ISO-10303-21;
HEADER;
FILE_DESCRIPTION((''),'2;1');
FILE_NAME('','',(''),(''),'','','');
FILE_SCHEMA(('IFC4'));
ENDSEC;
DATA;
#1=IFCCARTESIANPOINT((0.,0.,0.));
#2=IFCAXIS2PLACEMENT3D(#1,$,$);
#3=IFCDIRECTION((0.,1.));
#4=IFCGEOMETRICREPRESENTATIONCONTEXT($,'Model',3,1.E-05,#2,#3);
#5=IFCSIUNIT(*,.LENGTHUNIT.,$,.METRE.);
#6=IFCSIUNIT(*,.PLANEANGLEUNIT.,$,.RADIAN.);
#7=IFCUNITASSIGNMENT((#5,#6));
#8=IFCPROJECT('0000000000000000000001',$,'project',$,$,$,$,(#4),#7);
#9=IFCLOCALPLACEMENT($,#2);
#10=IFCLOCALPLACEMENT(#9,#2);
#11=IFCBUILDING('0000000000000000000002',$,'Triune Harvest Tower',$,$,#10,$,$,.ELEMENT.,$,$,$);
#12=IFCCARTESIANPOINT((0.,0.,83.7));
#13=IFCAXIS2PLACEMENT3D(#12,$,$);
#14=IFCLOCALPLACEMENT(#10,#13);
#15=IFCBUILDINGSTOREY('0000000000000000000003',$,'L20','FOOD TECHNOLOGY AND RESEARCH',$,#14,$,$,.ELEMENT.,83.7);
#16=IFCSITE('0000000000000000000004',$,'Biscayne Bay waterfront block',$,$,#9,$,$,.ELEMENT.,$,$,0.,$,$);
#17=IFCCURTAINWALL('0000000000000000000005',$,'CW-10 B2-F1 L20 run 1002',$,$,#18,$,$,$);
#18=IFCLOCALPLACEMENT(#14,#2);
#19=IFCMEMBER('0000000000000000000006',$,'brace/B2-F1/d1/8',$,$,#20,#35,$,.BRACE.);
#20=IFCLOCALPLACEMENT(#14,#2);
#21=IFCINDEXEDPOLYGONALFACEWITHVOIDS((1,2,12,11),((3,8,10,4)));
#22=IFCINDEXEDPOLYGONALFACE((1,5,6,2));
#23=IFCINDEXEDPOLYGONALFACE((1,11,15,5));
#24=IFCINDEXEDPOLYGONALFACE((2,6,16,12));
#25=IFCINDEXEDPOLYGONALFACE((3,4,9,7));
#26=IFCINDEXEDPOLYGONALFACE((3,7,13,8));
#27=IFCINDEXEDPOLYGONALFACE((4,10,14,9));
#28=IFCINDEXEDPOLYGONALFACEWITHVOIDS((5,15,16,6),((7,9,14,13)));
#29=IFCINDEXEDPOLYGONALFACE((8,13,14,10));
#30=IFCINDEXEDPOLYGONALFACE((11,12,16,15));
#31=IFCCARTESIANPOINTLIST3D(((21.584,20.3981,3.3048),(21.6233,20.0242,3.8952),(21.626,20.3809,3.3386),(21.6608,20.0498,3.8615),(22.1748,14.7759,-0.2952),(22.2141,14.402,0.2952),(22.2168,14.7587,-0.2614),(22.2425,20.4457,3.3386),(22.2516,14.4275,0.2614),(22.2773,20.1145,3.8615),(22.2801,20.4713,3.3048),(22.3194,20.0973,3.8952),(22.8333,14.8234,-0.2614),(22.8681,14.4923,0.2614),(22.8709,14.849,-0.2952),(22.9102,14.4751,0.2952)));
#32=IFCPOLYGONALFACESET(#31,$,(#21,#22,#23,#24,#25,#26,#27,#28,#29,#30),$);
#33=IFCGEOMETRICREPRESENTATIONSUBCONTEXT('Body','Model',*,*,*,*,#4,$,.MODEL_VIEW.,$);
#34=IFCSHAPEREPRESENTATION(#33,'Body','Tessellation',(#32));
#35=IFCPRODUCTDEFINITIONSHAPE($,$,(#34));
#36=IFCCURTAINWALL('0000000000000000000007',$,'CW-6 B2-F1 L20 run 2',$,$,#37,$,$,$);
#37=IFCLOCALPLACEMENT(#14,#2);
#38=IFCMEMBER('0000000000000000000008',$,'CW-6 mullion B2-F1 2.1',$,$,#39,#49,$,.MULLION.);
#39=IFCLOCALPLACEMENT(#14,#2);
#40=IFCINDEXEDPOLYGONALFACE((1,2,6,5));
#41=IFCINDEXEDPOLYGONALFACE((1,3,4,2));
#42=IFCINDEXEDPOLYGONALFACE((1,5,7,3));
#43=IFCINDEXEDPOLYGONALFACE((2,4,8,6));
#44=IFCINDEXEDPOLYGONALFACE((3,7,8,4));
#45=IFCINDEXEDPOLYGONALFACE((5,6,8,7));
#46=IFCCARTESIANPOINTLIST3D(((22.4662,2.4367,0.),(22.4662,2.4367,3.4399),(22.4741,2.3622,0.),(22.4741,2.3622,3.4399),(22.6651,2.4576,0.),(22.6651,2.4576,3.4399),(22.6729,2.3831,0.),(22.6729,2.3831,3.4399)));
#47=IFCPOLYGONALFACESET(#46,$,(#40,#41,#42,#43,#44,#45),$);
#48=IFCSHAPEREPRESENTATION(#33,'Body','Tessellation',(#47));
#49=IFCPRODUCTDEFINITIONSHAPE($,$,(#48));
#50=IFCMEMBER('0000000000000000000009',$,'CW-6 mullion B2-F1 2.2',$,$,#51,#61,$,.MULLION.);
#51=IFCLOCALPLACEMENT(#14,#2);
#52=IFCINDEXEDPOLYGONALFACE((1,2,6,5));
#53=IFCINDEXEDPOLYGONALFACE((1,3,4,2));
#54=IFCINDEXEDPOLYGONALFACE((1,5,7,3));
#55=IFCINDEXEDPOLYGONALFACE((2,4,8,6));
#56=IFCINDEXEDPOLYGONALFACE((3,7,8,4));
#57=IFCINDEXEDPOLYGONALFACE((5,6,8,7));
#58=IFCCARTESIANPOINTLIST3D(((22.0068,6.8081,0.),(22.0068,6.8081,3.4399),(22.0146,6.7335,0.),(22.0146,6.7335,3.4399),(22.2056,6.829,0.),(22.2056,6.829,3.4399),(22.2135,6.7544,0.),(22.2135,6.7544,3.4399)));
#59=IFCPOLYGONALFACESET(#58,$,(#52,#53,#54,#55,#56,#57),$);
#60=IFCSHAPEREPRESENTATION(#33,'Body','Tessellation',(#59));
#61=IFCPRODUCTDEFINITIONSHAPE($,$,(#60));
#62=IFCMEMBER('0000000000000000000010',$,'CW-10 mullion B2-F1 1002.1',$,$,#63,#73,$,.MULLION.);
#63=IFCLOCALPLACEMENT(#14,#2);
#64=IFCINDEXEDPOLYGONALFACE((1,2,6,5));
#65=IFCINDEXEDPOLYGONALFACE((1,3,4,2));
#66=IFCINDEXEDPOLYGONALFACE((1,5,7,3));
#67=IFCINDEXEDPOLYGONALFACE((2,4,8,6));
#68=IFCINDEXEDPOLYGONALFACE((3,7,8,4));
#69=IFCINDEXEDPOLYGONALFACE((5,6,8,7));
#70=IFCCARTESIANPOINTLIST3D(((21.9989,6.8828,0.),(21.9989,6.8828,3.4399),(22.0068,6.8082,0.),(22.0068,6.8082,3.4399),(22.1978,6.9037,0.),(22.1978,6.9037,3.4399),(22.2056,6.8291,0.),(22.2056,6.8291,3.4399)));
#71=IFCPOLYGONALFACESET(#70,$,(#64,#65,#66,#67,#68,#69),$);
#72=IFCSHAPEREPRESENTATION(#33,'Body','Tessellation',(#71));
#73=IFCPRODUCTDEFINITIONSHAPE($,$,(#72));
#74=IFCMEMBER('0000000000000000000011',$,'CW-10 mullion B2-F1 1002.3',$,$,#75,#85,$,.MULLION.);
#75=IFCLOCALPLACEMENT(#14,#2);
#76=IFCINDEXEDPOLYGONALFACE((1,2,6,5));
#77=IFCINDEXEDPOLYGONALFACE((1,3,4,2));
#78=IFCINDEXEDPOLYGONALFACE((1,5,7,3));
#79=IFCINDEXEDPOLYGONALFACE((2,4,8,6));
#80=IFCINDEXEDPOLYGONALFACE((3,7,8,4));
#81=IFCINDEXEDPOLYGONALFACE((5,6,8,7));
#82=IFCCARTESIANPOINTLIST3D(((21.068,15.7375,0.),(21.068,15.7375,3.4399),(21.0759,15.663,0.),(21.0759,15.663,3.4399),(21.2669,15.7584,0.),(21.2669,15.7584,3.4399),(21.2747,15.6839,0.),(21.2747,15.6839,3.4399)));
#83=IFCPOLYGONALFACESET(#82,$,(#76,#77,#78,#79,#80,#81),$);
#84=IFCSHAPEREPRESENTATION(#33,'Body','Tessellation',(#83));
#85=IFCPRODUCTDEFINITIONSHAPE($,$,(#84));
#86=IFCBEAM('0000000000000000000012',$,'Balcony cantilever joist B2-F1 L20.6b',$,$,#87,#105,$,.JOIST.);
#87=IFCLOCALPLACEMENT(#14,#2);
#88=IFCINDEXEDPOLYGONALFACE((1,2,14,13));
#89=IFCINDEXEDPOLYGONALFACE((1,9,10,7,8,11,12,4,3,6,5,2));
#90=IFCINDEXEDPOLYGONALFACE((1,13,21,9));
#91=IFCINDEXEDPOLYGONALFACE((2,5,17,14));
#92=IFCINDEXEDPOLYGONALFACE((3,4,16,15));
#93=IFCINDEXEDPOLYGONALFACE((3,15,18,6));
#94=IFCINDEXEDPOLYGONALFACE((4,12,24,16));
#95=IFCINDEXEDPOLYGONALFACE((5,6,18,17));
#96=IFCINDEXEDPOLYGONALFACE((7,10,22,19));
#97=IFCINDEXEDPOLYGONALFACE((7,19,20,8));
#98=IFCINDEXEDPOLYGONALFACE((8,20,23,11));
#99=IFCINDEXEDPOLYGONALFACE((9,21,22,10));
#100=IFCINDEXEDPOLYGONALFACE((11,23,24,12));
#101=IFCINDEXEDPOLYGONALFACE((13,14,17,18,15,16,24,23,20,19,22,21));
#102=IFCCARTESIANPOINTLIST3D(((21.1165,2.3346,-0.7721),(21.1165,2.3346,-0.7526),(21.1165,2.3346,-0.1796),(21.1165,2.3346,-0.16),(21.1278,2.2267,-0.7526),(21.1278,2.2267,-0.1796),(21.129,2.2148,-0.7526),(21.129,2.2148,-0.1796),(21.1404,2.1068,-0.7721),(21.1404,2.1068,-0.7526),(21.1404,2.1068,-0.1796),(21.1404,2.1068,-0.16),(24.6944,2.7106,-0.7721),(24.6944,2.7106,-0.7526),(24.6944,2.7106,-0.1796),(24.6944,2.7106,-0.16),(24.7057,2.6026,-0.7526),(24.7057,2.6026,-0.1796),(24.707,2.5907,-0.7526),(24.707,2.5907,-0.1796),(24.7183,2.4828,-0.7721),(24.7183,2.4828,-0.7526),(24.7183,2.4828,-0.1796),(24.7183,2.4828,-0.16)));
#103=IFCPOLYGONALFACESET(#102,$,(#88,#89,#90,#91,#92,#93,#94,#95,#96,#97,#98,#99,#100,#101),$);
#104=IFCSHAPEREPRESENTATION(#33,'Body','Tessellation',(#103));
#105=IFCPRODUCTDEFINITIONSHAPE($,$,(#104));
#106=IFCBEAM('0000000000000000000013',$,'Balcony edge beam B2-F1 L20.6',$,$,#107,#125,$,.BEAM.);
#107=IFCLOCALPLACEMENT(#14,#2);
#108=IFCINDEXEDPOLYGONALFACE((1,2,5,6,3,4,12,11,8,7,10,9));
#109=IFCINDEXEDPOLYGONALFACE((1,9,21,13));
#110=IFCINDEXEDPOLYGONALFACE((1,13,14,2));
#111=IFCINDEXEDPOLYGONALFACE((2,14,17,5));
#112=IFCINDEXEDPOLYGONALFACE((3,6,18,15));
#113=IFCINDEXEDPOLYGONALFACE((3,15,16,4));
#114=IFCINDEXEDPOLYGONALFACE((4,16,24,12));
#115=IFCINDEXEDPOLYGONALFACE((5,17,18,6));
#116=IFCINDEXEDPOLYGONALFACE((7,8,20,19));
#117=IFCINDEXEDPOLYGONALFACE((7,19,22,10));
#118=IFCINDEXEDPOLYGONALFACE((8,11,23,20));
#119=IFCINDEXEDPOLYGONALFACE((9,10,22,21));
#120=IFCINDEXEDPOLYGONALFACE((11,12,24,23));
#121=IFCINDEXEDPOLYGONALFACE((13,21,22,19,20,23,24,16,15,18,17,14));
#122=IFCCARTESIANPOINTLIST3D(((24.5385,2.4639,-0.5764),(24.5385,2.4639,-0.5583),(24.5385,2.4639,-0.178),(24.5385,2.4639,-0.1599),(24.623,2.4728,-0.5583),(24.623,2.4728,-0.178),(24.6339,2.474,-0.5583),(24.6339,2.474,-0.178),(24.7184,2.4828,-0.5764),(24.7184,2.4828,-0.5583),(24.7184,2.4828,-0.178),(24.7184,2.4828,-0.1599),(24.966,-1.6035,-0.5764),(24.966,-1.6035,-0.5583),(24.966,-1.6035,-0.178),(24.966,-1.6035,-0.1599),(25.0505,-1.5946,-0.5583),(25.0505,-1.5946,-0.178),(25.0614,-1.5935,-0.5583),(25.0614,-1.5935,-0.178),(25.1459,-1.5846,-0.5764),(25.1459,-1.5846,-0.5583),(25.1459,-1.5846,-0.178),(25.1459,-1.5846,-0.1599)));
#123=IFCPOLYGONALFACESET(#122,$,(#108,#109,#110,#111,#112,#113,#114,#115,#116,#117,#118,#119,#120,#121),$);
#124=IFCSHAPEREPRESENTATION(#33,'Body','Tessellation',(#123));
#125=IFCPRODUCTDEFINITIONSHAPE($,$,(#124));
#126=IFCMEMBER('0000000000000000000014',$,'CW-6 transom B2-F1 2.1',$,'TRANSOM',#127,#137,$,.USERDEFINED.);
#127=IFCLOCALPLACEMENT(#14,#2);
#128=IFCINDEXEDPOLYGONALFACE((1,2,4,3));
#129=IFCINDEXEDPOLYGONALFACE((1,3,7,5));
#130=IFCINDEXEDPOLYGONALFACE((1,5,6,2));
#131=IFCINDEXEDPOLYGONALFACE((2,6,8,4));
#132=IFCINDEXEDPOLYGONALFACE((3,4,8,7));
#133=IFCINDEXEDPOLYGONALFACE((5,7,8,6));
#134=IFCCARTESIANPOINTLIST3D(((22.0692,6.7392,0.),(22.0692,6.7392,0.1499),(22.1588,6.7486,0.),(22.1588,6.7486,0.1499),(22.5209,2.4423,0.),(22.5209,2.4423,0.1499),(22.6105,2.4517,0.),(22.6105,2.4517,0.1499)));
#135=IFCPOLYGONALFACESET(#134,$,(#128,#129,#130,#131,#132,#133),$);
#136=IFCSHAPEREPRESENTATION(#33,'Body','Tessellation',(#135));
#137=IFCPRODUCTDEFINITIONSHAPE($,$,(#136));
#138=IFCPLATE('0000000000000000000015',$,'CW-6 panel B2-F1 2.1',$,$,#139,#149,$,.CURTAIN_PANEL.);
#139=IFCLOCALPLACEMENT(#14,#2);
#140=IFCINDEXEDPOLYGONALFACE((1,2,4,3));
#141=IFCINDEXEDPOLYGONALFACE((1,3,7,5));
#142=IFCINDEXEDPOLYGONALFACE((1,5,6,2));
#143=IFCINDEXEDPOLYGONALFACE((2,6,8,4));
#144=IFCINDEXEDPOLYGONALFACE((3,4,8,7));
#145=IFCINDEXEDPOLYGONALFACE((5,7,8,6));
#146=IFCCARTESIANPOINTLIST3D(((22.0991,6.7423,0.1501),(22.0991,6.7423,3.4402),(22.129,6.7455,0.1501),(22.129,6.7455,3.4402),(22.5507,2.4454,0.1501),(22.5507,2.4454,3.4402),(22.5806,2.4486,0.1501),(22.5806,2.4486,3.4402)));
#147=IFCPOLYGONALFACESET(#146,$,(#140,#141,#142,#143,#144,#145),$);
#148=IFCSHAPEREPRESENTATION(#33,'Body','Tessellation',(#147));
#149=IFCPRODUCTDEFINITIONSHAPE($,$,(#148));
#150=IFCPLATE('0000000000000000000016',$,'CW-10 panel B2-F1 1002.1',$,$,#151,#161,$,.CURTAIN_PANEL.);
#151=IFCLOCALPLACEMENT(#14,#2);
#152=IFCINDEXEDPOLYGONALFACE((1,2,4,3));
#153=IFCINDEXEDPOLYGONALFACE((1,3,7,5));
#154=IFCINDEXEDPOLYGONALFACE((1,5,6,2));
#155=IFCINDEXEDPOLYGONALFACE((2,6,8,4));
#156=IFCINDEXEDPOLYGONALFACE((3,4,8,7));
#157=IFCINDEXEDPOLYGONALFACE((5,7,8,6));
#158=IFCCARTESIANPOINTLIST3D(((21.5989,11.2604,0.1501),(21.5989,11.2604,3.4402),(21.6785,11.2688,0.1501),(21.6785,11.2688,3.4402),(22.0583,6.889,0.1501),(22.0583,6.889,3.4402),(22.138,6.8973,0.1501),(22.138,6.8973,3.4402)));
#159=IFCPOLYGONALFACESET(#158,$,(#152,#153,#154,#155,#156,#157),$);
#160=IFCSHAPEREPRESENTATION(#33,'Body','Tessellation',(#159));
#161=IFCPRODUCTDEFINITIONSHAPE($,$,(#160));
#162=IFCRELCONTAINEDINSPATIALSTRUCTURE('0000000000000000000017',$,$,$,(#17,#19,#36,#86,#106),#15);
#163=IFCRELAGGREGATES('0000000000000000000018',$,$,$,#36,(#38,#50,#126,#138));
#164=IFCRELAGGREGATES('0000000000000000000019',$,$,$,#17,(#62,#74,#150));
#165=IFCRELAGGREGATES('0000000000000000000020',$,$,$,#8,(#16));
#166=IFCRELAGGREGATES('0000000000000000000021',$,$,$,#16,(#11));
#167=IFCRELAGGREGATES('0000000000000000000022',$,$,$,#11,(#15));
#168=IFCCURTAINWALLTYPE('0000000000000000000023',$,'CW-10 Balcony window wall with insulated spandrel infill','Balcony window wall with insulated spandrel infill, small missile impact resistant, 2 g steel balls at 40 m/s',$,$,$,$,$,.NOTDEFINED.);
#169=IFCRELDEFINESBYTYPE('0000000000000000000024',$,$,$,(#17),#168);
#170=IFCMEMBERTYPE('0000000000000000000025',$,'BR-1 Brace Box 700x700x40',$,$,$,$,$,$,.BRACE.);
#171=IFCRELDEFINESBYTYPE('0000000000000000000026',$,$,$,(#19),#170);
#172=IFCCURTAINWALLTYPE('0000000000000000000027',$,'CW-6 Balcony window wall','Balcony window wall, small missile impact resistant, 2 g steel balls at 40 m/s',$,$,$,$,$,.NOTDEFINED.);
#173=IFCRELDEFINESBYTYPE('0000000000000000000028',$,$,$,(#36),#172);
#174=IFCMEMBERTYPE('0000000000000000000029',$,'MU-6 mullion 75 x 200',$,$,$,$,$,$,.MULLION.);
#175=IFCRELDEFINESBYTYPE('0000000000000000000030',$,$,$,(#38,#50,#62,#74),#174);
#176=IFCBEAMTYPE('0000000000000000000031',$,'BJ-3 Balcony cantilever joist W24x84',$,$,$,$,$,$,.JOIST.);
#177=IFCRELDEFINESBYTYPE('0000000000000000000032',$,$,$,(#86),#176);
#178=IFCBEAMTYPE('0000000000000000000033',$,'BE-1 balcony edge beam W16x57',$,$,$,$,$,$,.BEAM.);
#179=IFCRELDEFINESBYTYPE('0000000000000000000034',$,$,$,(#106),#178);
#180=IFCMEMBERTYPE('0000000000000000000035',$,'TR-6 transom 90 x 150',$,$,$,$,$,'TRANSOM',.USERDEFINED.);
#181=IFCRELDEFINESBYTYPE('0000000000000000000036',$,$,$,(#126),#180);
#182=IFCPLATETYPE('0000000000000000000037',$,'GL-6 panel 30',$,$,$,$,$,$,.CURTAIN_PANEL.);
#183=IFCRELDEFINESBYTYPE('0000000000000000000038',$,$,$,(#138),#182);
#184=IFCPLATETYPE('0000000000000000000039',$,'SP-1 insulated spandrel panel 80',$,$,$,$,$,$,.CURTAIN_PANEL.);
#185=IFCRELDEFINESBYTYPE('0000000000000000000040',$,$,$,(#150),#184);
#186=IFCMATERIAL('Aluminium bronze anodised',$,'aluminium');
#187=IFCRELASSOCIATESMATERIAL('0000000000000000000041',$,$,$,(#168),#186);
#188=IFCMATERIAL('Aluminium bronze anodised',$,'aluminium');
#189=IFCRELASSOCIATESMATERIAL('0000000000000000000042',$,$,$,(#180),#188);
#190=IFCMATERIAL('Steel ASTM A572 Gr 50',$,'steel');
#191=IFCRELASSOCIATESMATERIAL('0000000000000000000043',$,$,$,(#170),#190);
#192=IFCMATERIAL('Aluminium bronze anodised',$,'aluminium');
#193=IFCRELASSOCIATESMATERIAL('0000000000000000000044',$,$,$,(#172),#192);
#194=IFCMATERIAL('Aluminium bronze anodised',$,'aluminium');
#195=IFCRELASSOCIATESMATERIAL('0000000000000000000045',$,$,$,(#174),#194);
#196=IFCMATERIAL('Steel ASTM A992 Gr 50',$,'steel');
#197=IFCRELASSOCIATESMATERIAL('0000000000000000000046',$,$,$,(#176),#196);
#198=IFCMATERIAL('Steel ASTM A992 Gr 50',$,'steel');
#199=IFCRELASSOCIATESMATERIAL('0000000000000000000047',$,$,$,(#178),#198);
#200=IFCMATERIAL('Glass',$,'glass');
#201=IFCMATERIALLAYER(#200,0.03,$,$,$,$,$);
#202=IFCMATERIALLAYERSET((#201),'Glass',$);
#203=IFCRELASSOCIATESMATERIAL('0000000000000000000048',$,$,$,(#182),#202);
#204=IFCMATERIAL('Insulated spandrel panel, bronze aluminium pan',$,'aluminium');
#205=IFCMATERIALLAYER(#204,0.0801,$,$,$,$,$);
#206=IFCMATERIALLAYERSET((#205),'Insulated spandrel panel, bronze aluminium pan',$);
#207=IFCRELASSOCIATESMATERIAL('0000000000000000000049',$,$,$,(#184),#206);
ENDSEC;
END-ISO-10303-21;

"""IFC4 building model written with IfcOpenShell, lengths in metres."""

from ifc_helpers import new_model, si_unit, direction, frame, origin, origin_2d, place, context, subcontext, project, spatial, rectangle, hollow_rectangle, i_section, extrude, source, transform, mapped, material, layer, layer_set, material_profile, profile_set, type_object, element, aggregate, save


model = new_model("IFC4")

# Units and contexts
model_context = context("Model", 3, precision=1e-05, world=origin(), true_north=direction((0.0, 1.0)))
body_context = subcontext(model_context, "Body", "Model", "MODEL_VIEW")
ifc_project = project(units=[si_unit("LENGTHUNIT", "METRE"), si_unit("PLANEANGLEUNIT", "RADIAN")], contexts=[model_context])

# Site, building, storey
site_placement = place(None, origin())
site = spatial("IfcSite", under=ifc_project, at=site_placement, Name="Biscayne Bay waterfront block", CompositionType="ELEMENT", RefElevation=0.0)
building_placement = place(site_placement, origin())
building = spatial("IfcBuilding", under=site, at=building_placement, Name="Triune Harvest Tower", CompositionType="ELEMENT")
storey_placement = place(building_placement, frame((0.0, 0.0, 83.7)))
storey = spatial("IfcBuildingStorey", under=building, at=storey_placement, Name="L20", Description="FOOD TECHNOLOGY AND RESEARCH", CompositionType="ELEMENT", Elevation=83.7)

# Curtain wall
ifc_material_1 = material(Name="Aluminium bronze anodised", Category="aluminium")
curtain_wall_type_1 = type_object("IfcCurtainWallType", Name="CW-10 Balcony window wall with insulated spandrel infill", Description="Balcony window wall with insulated spandrel infill, small missile impact resistant, 2 g steel balls at 40 m/s", PredefinedType="NOTDEFINED", material=ifc_material_1)
curtain_wall_1_placement = place(storey_placement, origin())
curtain_wall_1 = element("IfcCurtainWall", 1, at=curtain_wall_1_placement, inside=storey, type_object=curtain_wall_type_1, Name="CW-10 B2-F1 L20 run 1002")
ifc_material_2 = material(Name="Aluminium bronze anodised", Category="aluminium")
ifc_material_profile_1 = material_profile(ifc_material_2, rectangle(XDim=0.0901, YDim=0.1499, at=origin_2d()), Name="TR-6 transom 90 x 150")
ifc_profile_set_1 = profile_set([ifc_material_profile_1], Name="Aluminium bronze anodised")
member_type_1 = type_object("IfcMemberType", Name="TR-6 transom 90 x 150", ElementType="TRANSOM", PredefinedType="USERDEFINED", material=ifc_profile_set_1)

# Member
ifc_material_3 = material(Name="Steel ASTM A572 Gr 50", Category="steel")
ifc_material_profile_2 = material_profile(ifc_material_3, hollow_rectangle(XDim=0.7, YDim=0.7, WallThickness=0.04, at=origin_2d()), Name="Box 700x700x40")
ifc_profile_set_2 = profile_set([ifc_material_profile_2], Name="Steel ASTM A572 Gr 50")
member_type_2 = type_object("IfcMemberType", Name="BR-1 Brace Box 700x700x40", PredefinedType="BRACE", material=ifc_profile_set_2)
shared_shape_1 = source(origin(), body_context, "Body", "SweptSolid", [
    extrude(hollow_rectangle(XDim=0.7, YDim=0.7, WallThickness=0.04, at=origin_2d()), origin(), (0.0, 0.0, 1.0), 6.7021),
])
member_1_placement = place(storey_placement, frame((22.5425, 14.6255, 0.0), z_axis=(-0.088152, 0.838869, 0.537147), x_axis=(-0.994524, -0.104509, 0.0)))
element("IfcMember", 2, at=member_1_placement, inside=storey, type_object=member_type_2, Name="brace/B2-F1/d1/8", PredefinedType="BRACE", context=body_context, shape_type="MappedRepresentation", body=[
    mapped(shared_shape_1, transform((0.0, 0.0, 0.0), scale=1.0)),
])

# Curtain wall, members
ifc_material_4 = material(Name="Aluminium bronze anodised", Category="aluminium")
curtain_wall_type_2 = type_object("IfcCurtainWallType", Name="CW-6 Balcony window wall", Description="Balcony window wall, small missile impact resistant, 2 g steel balls at 40 m/s", PredefinedType="NOTDEFINED", material=ifc_material_4)
curtain_wall_2_placement = place(storey_placement, origin())
curtain_wall_2 = element("IfcCurtainWall", 3, at=curtain_wall_2_placement, inside=storey, type_object=curtain_wall_type_2, Name="CW-6 B2-F1 L20 run 2")
ifc_material_5 = material(Name="Aluminium bronze anodised", Category="aluminium")
ifc_material_profile_3 = material_profile(ifc_material_5, rectangle(XDim=0.2, YDim=0.075, at=origin_2d()), Name="MU-6 mullion 75 x 200")
ifc_profile_set_3 = profile_set([ifc_material_profile_3], Name="Aluminium bronze anodised")
member_type_3 = type_object("IfcMemberType", Name="MU-6 mullion 75 x 200", PredefinedType="MULLION", material=ifc_profile_set_3)
shared_shape_2 = source(origin(), body_context, "Body", "SweptSolid", [
    extrude(rectangle(XDim=0.2, YDim=0.075, at=origin_2d()), origin(), (0.0, 0.0, 1.0), 3.4399),
])
member_2_placement = place(storey_placement, frame((22.5696, 2.4099, 0.0), z_axis=(0.0, 0.0, 1.0), x_axis=(-0.994522, -0.104529, 0.0)))
member_2 = element("IfcMember", 4, at=member_2_placement, type_object=member_type_3, Name="CW-6 mullion B2-F1 2.1", PredefinedType="MULLION", context=body_context, shape_type="MappedRepresentation", body=[
    mapped(shared_shape_2, transform((0.0, 0.0, 0.0), scale=1.0)),
])
member_3_placement = place(storey_placement, frame((22.1101, 6.7812, 0.0), z_axis=(0.0, 0.0, 1.0), x_axis=(-0.994522, -0.104529, 0.0)))
member_3 = element("IfcMember", 5, at=member_3_placement, type_object=member_type_3, Name="CW-6 mullion B2-F1 2.2", PredefinedType="MULLION", context=body_context, shape_type="MappedRepresentation", body=[
    mapped(shared_shape_2, transform((0.0, 0.0, 0.0), scale=1.0)),
])

# Members
member_4_placement = place(storey_placement, frame((22.1023, 6.856, 0.0), z_axis=(0.0, 0.0, 1.0), x_axis=(-0.994522, -0.104528, 0.0)))
member_4 = element("IfcMember", 6, at=member_4_placement, type_object=member_type_3, Name="CW-10 mullion B2-F1 1002.1", PredefinedType="MULLION", context=body_context, shape_type="MappedRepresentation", body=[
    mapped(shared_shape_2, transform((0.0, 0.0, 0.0), scale=1.0)),
])
member_5_placement = place(storey_placement, frame((21.1714, 15.7107, 0.0), z_axis=(0.0, 0.0, 1.0), x_axis=(-0.994522, -0.104528, 0.0)))
member_5 = element("IfcMember", 7, at=member_5_placement, type_object=member_type_3, Name="CW-10 mullion B2-F1 1002.3", PredefinedType="MULLION", context=body_context, shape_type="MappedRepresentation", body=[
    mapped(shared_shape_2, transform((0.0, 0.0, 0.0), scale=1.0)),
])

# Beams
ifc_material_6 = material(Name="Steel ASTM A992 Gr 50", Category="steel")
ifc_material_profile_4 = material_profile(ifc_material_6, i_section(OverallWidth=0.229, OverallDepth=0.6121, WebThickness=0.012, FlangeThickness=0.0195, at=origin_2d()), Name="W24x84")
ifc_profile_set_4 = profile_set([ifc_material_profile_4], Name="Steel ASTM A992 Gr 50")
beam_type_1 = type_object("IfcBeamType", Name="BJ-3 Balcony cantilever joist W24x84", PredefinedType="JOIST", material=ifc_profile_set_4)
shared_shape_3 = source(origin(), body_context, "Body", "SweptSolid", [
    extrude(i_section(OverallWidth=0.229, OverallDepth=0.6121, WebThickness=0.012, FlangeThickness=0.0195, at=origin_2d()), origin(), (0.0, 0.0, 1.0), 3.5977),
])
beam_1_placement = place(storey_placement, frame((21.1284, 2.2207, -0.4661), z_axis=(0.994524, 0.104508, 0.0), x_axis=(-0.104508, 0.994524, 0.0)))
element("IfcBeam", 8, at=beam_1_placement, inside=storey, type_object=beam_type_1, Name="Balcony cantilever joist B2-F1 L20.6b", PredefinedType="JOIST", context=body_context, shape_type="MappedRepresentation", body=[
    mapped(shared_shape_3, transform((0.0, 0.0, 0.0), scale=1.0)),
])
ifc_material_7 = material(Name="Steel ASTM A992 Gr 50", Category="steel")
ifc_material_profile_5 = material_profile(ifc_material_7, i_section(OverallWidth=0.1809, OverallDepth=0.4165, WebThickness=0.011, FlangeThickness=0.0181, at=origin_2d()), Name="W16x57")
ifc_profile_set_5 = profile_set([ifc_material_profile_5], Name="Steel ASTM A992 Gr 50")
beam_type_2 = type_object("IfcBeamType", Name="BE-1 balcony edge beam W16x57", PredefinedType="BEAM", material=ifc_profile_set_5)
shared_shape_4 = source(origin(), body_context, "Body", "SweptSolid", [
    extrude(i_section(OverallWidth=0.1809, OverallDepth=0.4165, WebThickness=0.011, FlangeThickness=0.0181, at=origin_2d()), origin(), (0.0, 0.0, 1.0), 4.0898),
])
beam_2_placement = place(storey_placement, frame((24.6284, 2.4734, -0.3682), z_axis=(0.104526, -0.994522, 0.0), x_axis=(0.994522, 0.104526, 0.0)))
element("IfcBeam", 9, at=beam_2_placement, inside=storey, type_object=beam_type_2, Name="Balcony edge beam B2-F1 L20.6", PredefinedType="BEAM", context=body_context, shape_type="MappedRepresentation", body=[
    mapped(shared_shape_4, transform((0.0, 0.0, 0.0), scale=1.0)),
])

# Member
shared_shape_5 = source(origin(), body_context, "Body", "SweptSolid", [
    extrude(rectangle(XDim=0.0901, YDim=0.1499, at=origin_2d()), origin(), (0.0, 0.0, 1.0), 4.3206),
])
member_6_placement = place(storey_placement, frame((22.5657, 2.447, 0.075), z_axis=(-0.104538, 0.994521, 0.0), x_axis=(-0.994521, -0.104538, 0.0)))
member_6 = element("IfcMember", 10, at=member_6_placement, type_object=member_type_1, Name="CW-6 transom B2-F1 2.1", ObjectType="TRANSOM", PredefinedType="USERDEFINED", context=body_context, shape_type="MappedRepresentation", body=[
    mapped(shared_shape_5, transform((0.0, 0.0, 0.0), scale=1.0)),
])

# Plates
ifc_material_8 = material(Name="Glass", Category="glass")
ifc_layer_1 = layer(ifc_material_8, 0.03)
ifc_layer_set_1 = layer_set([ifc_layer_1], Name="Glass")
plate_type_1 = type_object("IfcPlateType", Name="GL-6 panel 30", PredefinedType="CURTAIN_PANEL", material=ifc_layer_set_1)
shared_shape_6 = source(origin(), body_context, "Body", "SweptSolid", [
    extrude(rectangle(XDim=4.3206, YDim=0.03, at=origin_2d()), origin(), (0.0, 0.0, 1.0), 3.29),
])
plate_1_placement = place(storey_placement, frame((22.3398, 4.5955, 0.1501), z_axis=(0.0, 0.0, 1.0), x_axis=(-0.104529, 0.994522, 0.0)))
plate_1 = element("IfcPlate", 11, at=plate_1_placement, type_object=plate_type_1, Name="CW-6 panel B2-F1 2.1", PredefinedType="CURTAIN_PANEL", context=body_context, shape_type="MappedRepresentation", body=[
    mapped(shared_shape_6, transform((0.0, 0.0, 0.0), scale=1.0)),
])
aggregate(curtain_wall_2, [member_2, member_3, member_6, plate_1])
ifc_material_9 = material(Name="Insulated spandrel panel, bronze aluminium pan", Category="aluminium")
ifc_layer_2 = layer(ifc_material_9, 0.0801)
ifc_layer_set_2 = layer_set([ifc_layer_2], Name="Insulated spandrel panel, bronze aluminium pan")
plate_type_2 = type_object("IfcPlateType", Name="SP-1 insulated spandrel panel 80", PredefinedType="CURTAIN_PANEL", material=ifc_layer_set_2)
shared_shape_7 = source(origin(), body_context, "Body", "SweptSolid", [
    extrude(rectangle(XDim=4.3955, YDim=0.0801, at=origin_2d()), origin(), (0.0, 0.0, 1.0), 3.29),
])
plate_2_placement = place(storey_placement, frame((21.8684, 9.0789, 0.1501), z_axis=(0.0, 0.0, 1.0), x_axis=(-0.104528, 0.994522, 0.0)))
plate_2 = element("IfcPlate", 12, at=plate_2_placement, type_object=plate_type_2, Name="CW-10 panel B2-F1 1002.1", PredefinedType="CURTAIN_PANEL", context=body_context, shape_type="MappedRepresentation", body=[
    mapped(shared_shape_7, transform((0.0, 0.0, 0.0), scale=1.0)),
])
aggregate(curtain_wall_1, [member_4, member_5, plate_2])

save(model, "model.ifc")
